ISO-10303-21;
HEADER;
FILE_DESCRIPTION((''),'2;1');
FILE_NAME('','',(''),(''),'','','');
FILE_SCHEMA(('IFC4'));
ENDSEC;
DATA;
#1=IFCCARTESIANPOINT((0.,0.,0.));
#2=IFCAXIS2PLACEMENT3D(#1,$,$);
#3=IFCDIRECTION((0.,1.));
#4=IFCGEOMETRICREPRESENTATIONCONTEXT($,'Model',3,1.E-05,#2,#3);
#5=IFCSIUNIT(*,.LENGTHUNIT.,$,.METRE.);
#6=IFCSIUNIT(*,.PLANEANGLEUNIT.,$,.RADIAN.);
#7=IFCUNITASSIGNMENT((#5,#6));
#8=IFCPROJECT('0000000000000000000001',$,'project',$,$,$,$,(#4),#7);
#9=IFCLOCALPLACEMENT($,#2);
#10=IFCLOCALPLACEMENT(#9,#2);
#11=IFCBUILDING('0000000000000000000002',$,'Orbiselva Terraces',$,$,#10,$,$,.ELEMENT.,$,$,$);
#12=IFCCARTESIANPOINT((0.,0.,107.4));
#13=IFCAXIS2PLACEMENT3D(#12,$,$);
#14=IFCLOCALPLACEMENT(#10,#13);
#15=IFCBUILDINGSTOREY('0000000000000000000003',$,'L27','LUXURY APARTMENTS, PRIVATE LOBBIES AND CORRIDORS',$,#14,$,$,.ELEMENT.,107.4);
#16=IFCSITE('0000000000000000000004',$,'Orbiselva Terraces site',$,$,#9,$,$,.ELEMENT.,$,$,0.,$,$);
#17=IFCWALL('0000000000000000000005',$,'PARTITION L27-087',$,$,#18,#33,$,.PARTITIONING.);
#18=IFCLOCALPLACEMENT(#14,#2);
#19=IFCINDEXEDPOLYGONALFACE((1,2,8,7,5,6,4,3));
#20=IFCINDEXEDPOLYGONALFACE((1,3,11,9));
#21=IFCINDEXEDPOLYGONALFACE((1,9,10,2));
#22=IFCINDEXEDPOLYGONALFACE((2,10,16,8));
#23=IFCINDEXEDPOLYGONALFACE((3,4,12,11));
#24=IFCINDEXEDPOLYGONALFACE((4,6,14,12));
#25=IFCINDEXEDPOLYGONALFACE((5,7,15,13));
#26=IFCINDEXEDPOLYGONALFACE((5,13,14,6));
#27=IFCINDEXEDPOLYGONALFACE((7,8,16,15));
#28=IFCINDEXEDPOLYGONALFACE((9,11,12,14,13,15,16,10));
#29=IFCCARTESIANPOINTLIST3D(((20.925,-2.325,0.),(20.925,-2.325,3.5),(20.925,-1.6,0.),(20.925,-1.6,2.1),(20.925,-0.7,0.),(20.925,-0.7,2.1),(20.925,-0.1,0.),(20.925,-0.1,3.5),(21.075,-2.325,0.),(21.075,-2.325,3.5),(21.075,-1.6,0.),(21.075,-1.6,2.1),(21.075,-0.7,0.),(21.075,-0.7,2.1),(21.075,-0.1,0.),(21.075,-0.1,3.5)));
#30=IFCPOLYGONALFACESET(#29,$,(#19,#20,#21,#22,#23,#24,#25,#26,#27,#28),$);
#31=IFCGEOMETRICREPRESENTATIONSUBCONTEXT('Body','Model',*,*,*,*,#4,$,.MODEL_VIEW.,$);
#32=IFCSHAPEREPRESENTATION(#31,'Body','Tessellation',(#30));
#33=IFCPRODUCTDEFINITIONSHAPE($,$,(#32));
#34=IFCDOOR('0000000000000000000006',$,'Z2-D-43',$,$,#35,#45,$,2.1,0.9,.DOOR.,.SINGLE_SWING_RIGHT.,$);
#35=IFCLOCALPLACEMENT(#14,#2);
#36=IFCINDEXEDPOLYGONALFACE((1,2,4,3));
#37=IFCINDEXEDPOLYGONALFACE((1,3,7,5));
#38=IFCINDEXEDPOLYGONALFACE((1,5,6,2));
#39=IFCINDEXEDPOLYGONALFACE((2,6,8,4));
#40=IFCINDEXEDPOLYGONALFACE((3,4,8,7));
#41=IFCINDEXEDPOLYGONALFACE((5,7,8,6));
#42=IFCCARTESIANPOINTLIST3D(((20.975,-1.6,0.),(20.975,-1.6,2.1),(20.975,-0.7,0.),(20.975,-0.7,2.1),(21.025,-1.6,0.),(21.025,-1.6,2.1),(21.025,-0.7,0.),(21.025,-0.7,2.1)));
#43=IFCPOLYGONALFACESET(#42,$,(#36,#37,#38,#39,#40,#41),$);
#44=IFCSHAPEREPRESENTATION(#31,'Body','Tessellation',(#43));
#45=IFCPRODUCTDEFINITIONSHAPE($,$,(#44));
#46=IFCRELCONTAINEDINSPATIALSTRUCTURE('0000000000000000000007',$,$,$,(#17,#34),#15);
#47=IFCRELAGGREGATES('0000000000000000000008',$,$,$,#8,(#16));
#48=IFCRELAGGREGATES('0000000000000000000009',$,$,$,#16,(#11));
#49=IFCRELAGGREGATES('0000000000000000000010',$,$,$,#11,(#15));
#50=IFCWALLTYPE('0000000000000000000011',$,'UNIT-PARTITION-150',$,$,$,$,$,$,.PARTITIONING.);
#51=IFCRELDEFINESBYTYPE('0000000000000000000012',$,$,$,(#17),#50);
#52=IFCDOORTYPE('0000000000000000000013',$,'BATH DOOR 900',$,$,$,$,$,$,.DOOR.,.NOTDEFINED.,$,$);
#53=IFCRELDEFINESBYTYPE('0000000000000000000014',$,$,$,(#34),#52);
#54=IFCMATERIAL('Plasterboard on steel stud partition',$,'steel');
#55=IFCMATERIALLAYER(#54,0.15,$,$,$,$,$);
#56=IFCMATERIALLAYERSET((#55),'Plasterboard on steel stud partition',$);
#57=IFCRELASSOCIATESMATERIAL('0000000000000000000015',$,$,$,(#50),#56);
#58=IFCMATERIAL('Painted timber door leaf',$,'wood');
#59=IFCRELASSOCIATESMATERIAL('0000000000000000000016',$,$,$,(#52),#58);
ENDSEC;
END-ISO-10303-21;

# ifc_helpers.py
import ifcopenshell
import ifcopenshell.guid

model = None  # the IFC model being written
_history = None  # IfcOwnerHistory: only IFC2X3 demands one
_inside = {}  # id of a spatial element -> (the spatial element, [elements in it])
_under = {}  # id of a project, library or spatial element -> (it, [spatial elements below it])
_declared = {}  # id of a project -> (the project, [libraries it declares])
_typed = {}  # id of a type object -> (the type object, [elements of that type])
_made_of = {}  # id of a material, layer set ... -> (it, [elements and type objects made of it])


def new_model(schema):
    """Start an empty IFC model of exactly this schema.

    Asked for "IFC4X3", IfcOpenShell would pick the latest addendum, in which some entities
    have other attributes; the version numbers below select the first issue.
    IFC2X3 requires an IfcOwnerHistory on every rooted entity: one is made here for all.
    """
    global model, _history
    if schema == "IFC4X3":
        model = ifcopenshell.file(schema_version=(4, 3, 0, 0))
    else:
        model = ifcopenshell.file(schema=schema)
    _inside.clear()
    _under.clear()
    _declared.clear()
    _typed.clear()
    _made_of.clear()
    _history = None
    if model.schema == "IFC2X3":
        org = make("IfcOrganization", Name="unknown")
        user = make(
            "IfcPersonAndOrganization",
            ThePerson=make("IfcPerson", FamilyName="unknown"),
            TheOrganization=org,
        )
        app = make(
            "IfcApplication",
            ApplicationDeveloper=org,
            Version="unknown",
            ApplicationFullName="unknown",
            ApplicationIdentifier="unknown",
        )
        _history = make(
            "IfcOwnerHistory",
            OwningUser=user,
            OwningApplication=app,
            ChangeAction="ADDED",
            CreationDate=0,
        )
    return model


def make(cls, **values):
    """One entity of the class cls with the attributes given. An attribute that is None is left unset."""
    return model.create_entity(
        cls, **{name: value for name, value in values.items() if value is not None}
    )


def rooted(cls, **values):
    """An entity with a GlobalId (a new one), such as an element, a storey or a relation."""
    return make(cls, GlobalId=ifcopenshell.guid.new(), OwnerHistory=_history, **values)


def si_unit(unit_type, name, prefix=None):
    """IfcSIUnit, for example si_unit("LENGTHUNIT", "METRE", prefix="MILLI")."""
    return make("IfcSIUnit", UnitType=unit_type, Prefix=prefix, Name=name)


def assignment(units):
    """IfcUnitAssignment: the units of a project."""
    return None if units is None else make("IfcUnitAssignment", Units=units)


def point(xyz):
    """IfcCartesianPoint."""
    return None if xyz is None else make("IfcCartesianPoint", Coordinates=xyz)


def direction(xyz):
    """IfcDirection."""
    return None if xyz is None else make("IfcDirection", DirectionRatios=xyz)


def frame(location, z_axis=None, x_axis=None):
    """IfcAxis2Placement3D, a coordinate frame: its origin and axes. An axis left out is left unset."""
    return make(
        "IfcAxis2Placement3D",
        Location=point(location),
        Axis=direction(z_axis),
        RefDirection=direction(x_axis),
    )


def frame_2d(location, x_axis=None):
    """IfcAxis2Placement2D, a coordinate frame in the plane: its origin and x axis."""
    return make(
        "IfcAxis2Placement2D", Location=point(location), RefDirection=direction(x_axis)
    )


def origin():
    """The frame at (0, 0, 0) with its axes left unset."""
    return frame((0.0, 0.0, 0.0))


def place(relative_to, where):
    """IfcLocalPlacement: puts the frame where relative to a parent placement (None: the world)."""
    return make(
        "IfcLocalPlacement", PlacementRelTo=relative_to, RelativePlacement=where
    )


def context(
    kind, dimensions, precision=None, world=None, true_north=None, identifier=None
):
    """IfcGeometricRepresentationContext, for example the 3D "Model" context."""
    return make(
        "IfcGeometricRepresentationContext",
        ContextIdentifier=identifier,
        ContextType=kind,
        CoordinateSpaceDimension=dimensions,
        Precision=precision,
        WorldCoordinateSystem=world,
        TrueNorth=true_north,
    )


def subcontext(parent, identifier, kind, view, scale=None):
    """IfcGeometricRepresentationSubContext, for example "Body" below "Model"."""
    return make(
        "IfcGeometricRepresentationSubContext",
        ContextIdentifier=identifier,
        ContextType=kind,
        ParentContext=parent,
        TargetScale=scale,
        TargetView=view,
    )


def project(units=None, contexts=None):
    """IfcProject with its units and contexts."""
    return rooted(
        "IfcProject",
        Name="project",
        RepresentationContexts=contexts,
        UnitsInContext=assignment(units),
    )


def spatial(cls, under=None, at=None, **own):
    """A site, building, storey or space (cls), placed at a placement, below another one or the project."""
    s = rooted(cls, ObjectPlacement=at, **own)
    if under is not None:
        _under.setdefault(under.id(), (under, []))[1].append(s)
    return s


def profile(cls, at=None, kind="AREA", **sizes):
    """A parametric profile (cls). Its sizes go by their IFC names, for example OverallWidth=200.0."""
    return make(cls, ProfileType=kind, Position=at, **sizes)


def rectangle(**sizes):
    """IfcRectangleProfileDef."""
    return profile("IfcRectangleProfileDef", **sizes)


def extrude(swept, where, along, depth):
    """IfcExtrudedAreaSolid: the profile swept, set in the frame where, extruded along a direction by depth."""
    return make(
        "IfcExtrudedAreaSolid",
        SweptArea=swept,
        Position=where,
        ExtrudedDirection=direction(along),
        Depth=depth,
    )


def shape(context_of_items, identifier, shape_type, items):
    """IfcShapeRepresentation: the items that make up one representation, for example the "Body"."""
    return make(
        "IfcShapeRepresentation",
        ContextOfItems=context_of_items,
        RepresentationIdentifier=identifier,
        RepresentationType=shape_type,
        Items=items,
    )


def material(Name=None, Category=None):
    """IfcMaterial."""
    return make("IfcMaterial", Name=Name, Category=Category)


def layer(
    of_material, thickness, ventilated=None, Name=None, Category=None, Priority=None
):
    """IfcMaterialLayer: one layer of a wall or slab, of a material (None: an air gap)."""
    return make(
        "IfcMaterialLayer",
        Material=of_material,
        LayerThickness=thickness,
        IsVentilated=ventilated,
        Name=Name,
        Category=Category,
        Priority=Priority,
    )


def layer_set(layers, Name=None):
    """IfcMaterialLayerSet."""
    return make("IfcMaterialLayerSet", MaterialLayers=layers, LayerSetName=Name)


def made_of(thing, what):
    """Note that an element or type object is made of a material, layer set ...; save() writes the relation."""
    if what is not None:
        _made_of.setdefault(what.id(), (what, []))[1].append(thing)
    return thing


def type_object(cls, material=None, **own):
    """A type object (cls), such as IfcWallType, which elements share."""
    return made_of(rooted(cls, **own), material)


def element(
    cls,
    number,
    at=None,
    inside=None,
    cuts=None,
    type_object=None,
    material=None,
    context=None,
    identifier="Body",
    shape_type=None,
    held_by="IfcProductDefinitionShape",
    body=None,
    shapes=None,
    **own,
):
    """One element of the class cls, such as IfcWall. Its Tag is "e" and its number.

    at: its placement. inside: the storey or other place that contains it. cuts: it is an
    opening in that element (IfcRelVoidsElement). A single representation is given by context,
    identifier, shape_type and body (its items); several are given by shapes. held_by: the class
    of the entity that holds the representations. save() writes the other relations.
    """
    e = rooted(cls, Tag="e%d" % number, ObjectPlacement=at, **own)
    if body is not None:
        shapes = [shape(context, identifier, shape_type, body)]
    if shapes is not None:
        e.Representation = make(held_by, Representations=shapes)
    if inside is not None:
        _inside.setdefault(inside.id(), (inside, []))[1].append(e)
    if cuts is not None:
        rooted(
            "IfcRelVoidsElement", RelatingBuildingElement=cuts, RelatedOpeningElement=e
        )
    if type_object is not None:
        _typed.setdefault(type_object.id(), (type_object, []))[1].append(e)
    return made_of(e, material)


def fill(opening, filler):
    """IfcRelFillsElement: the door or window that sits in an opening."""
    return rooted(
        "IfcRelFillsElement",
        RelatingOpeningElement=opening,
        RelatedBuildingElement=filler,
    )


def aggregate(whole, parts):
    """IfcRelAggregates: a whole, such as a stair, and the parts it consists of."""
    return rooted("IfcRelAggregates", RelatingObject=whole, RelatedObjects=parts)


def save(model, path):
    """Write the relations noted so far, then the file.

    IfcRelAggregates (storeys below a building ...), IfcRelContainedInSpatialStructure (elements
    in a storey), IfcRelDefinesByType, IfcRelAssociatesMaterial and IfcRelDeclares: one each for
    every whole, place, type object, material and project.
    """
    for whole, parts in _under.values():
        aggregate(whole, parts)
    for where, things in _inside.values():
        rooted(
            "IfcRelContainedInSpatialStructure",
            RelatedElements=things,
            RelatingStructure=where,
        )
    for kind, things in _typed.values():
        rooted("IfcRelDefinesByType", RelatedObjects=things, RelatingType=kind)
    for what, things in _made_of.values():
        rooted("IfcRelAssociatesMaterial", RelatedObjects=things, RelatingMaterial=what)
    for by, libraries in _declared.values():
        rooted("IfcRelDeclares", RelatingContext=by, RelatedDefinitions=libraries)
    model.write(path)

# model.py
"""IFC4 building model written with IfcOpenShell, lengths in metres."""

from ifc_helpers import new_model, si_unit, direction, frame, frame_2d, origin, place, context, subcontext, project, spatial, rectangle, extrude, material, layer, layer_set, type_object, element, fill, save


model = new_model("IFC4")

# Units and contexts
model_context = context("Model", 3, precision=1e-05, world=origin(), true_north=direction((0.0, 1.0)))
body_context = subcontext(model_context, "Body", "Model", "MODEL_VIEW")
ifc_project = project(units=[si_unit("LENGTHUNIT", "METRE"), si_unit("PLANEANGLEUNIT", "RADIAN")], contexts=[model_context])

# Site, building, storey
site_placement = place(None, origin())
site = spatial("IfcSite", under=ifc_project, at=site_placement, Name="Orbiselva Terraces site", CompositionType="ELEMENT", RefElevation=0.0)
building_placement = place(site_placement, origin())
building = spatial("IfcBuilding", under=site, at=building_placement, Name="Orbiselva Terraces", CompositionType="ELEMENT")
storey_placement = place(building_placement, frame((0.0, 0.0, 107.4)))
storey = spatial("IfcBuildingStorey", under=building, at=storey_placement, Name="L27", Description="LUXURY APARTMENTS, PRIVATE LOBBIES AND CORRIDORS", CompositionType="ELEMENT", Elevation=107.4)

# Shared definitions
ifc_material_1 = material(Name="Plasterboard on steel stud partition", Category="steel")
ifc_layer_1 = layer(ifc_material_1, 0.15)
ifc_layer_set_1 = layer_set([ifc_layer_1], Name="Plasterboard on steel stud partition")
wall_type_1 = type_object("IfcWallType", Name="UNIT-PARTITION-150", PredefinedType="PARTITIONING", material=ifc_layer_set_1)

# Shared definitions
ifc_material_2 = material(Name="Painted timber door leaf", Category="wood")

# Shared definitions
door_type_1 = type_object("IfcDoorType", Name="BATH DOOR 900", OperationType="NOTDEFINED", PredefinedType="DOOR", material=ifc_material_2)

# Wall, opening, door
wall_1_placement = place(storey_placement, frame((21.0, -2.325, 0.0), z_axis=(0.0, 0.0, 1.0), x_axis=(0.0, 1.0, 0.0)))
wall_1 = element("IfcWall", 1, at=wall_1_placement, inside=storey, type_object=wall_type_1, Name="PARTITION L27-087", PredefinedType="PARTITIONING", context=body_context, shape_type="SweptSolid", body=[
    extrude(rectangle(XDim=2.225, YDim=0.15, at=frame_2d((1.1125, 0.0))), origin(), (0.0, 0.0, 1.0), 3.5),
])
opening_1_placement = place(wall_1_placement, frame((0.725, 0.0, 0.0)))
opening_1 = element("IfcOpeningElement", 2, at=opening_1_placement, cuts=wall_1, PredefinedType="OPENING", context=body_context, shape_type="SweptSolid", body=[
    extrude(rectangle(XDim=0.9, YDim=2.1, at=frame_2d((0.45, 1.05))), frame((0.0, 0.085, 0.0), z_axis=(0.0, -1.0, 0.0), x_axis=(1.0, 0.0, 0.0)), (0.0, 0.0, 1.0), 0.17),
])
door_1_placement = place(opening_1_placement, origin())
door_1 = element("IfcDoor", 3, at=door_1_placement, inside=storey, type_object=door_type_1, Name="Z2-D-43", OperationType="SINGLE_SWING_RIGHT", OverallHeight=2.1, OverallWidth=0.9, PredefinedType="DOOR", context=body_context, shape_type="SweptSolid", body=[
    extrude(rectangle(XDim=0.9, YDim=2.1, at=frame_2d((0.45, 1.05))), frame((0.0, 0.025, 0.0), z_axis=(0.0, -1.0, 0.0), x_axis=(1.0, 0.0, 0.0)), (0.0, 0.0, 1.0), 0.05),
])
fill(opening_1, door_1)

save(model, "model.ifc")
